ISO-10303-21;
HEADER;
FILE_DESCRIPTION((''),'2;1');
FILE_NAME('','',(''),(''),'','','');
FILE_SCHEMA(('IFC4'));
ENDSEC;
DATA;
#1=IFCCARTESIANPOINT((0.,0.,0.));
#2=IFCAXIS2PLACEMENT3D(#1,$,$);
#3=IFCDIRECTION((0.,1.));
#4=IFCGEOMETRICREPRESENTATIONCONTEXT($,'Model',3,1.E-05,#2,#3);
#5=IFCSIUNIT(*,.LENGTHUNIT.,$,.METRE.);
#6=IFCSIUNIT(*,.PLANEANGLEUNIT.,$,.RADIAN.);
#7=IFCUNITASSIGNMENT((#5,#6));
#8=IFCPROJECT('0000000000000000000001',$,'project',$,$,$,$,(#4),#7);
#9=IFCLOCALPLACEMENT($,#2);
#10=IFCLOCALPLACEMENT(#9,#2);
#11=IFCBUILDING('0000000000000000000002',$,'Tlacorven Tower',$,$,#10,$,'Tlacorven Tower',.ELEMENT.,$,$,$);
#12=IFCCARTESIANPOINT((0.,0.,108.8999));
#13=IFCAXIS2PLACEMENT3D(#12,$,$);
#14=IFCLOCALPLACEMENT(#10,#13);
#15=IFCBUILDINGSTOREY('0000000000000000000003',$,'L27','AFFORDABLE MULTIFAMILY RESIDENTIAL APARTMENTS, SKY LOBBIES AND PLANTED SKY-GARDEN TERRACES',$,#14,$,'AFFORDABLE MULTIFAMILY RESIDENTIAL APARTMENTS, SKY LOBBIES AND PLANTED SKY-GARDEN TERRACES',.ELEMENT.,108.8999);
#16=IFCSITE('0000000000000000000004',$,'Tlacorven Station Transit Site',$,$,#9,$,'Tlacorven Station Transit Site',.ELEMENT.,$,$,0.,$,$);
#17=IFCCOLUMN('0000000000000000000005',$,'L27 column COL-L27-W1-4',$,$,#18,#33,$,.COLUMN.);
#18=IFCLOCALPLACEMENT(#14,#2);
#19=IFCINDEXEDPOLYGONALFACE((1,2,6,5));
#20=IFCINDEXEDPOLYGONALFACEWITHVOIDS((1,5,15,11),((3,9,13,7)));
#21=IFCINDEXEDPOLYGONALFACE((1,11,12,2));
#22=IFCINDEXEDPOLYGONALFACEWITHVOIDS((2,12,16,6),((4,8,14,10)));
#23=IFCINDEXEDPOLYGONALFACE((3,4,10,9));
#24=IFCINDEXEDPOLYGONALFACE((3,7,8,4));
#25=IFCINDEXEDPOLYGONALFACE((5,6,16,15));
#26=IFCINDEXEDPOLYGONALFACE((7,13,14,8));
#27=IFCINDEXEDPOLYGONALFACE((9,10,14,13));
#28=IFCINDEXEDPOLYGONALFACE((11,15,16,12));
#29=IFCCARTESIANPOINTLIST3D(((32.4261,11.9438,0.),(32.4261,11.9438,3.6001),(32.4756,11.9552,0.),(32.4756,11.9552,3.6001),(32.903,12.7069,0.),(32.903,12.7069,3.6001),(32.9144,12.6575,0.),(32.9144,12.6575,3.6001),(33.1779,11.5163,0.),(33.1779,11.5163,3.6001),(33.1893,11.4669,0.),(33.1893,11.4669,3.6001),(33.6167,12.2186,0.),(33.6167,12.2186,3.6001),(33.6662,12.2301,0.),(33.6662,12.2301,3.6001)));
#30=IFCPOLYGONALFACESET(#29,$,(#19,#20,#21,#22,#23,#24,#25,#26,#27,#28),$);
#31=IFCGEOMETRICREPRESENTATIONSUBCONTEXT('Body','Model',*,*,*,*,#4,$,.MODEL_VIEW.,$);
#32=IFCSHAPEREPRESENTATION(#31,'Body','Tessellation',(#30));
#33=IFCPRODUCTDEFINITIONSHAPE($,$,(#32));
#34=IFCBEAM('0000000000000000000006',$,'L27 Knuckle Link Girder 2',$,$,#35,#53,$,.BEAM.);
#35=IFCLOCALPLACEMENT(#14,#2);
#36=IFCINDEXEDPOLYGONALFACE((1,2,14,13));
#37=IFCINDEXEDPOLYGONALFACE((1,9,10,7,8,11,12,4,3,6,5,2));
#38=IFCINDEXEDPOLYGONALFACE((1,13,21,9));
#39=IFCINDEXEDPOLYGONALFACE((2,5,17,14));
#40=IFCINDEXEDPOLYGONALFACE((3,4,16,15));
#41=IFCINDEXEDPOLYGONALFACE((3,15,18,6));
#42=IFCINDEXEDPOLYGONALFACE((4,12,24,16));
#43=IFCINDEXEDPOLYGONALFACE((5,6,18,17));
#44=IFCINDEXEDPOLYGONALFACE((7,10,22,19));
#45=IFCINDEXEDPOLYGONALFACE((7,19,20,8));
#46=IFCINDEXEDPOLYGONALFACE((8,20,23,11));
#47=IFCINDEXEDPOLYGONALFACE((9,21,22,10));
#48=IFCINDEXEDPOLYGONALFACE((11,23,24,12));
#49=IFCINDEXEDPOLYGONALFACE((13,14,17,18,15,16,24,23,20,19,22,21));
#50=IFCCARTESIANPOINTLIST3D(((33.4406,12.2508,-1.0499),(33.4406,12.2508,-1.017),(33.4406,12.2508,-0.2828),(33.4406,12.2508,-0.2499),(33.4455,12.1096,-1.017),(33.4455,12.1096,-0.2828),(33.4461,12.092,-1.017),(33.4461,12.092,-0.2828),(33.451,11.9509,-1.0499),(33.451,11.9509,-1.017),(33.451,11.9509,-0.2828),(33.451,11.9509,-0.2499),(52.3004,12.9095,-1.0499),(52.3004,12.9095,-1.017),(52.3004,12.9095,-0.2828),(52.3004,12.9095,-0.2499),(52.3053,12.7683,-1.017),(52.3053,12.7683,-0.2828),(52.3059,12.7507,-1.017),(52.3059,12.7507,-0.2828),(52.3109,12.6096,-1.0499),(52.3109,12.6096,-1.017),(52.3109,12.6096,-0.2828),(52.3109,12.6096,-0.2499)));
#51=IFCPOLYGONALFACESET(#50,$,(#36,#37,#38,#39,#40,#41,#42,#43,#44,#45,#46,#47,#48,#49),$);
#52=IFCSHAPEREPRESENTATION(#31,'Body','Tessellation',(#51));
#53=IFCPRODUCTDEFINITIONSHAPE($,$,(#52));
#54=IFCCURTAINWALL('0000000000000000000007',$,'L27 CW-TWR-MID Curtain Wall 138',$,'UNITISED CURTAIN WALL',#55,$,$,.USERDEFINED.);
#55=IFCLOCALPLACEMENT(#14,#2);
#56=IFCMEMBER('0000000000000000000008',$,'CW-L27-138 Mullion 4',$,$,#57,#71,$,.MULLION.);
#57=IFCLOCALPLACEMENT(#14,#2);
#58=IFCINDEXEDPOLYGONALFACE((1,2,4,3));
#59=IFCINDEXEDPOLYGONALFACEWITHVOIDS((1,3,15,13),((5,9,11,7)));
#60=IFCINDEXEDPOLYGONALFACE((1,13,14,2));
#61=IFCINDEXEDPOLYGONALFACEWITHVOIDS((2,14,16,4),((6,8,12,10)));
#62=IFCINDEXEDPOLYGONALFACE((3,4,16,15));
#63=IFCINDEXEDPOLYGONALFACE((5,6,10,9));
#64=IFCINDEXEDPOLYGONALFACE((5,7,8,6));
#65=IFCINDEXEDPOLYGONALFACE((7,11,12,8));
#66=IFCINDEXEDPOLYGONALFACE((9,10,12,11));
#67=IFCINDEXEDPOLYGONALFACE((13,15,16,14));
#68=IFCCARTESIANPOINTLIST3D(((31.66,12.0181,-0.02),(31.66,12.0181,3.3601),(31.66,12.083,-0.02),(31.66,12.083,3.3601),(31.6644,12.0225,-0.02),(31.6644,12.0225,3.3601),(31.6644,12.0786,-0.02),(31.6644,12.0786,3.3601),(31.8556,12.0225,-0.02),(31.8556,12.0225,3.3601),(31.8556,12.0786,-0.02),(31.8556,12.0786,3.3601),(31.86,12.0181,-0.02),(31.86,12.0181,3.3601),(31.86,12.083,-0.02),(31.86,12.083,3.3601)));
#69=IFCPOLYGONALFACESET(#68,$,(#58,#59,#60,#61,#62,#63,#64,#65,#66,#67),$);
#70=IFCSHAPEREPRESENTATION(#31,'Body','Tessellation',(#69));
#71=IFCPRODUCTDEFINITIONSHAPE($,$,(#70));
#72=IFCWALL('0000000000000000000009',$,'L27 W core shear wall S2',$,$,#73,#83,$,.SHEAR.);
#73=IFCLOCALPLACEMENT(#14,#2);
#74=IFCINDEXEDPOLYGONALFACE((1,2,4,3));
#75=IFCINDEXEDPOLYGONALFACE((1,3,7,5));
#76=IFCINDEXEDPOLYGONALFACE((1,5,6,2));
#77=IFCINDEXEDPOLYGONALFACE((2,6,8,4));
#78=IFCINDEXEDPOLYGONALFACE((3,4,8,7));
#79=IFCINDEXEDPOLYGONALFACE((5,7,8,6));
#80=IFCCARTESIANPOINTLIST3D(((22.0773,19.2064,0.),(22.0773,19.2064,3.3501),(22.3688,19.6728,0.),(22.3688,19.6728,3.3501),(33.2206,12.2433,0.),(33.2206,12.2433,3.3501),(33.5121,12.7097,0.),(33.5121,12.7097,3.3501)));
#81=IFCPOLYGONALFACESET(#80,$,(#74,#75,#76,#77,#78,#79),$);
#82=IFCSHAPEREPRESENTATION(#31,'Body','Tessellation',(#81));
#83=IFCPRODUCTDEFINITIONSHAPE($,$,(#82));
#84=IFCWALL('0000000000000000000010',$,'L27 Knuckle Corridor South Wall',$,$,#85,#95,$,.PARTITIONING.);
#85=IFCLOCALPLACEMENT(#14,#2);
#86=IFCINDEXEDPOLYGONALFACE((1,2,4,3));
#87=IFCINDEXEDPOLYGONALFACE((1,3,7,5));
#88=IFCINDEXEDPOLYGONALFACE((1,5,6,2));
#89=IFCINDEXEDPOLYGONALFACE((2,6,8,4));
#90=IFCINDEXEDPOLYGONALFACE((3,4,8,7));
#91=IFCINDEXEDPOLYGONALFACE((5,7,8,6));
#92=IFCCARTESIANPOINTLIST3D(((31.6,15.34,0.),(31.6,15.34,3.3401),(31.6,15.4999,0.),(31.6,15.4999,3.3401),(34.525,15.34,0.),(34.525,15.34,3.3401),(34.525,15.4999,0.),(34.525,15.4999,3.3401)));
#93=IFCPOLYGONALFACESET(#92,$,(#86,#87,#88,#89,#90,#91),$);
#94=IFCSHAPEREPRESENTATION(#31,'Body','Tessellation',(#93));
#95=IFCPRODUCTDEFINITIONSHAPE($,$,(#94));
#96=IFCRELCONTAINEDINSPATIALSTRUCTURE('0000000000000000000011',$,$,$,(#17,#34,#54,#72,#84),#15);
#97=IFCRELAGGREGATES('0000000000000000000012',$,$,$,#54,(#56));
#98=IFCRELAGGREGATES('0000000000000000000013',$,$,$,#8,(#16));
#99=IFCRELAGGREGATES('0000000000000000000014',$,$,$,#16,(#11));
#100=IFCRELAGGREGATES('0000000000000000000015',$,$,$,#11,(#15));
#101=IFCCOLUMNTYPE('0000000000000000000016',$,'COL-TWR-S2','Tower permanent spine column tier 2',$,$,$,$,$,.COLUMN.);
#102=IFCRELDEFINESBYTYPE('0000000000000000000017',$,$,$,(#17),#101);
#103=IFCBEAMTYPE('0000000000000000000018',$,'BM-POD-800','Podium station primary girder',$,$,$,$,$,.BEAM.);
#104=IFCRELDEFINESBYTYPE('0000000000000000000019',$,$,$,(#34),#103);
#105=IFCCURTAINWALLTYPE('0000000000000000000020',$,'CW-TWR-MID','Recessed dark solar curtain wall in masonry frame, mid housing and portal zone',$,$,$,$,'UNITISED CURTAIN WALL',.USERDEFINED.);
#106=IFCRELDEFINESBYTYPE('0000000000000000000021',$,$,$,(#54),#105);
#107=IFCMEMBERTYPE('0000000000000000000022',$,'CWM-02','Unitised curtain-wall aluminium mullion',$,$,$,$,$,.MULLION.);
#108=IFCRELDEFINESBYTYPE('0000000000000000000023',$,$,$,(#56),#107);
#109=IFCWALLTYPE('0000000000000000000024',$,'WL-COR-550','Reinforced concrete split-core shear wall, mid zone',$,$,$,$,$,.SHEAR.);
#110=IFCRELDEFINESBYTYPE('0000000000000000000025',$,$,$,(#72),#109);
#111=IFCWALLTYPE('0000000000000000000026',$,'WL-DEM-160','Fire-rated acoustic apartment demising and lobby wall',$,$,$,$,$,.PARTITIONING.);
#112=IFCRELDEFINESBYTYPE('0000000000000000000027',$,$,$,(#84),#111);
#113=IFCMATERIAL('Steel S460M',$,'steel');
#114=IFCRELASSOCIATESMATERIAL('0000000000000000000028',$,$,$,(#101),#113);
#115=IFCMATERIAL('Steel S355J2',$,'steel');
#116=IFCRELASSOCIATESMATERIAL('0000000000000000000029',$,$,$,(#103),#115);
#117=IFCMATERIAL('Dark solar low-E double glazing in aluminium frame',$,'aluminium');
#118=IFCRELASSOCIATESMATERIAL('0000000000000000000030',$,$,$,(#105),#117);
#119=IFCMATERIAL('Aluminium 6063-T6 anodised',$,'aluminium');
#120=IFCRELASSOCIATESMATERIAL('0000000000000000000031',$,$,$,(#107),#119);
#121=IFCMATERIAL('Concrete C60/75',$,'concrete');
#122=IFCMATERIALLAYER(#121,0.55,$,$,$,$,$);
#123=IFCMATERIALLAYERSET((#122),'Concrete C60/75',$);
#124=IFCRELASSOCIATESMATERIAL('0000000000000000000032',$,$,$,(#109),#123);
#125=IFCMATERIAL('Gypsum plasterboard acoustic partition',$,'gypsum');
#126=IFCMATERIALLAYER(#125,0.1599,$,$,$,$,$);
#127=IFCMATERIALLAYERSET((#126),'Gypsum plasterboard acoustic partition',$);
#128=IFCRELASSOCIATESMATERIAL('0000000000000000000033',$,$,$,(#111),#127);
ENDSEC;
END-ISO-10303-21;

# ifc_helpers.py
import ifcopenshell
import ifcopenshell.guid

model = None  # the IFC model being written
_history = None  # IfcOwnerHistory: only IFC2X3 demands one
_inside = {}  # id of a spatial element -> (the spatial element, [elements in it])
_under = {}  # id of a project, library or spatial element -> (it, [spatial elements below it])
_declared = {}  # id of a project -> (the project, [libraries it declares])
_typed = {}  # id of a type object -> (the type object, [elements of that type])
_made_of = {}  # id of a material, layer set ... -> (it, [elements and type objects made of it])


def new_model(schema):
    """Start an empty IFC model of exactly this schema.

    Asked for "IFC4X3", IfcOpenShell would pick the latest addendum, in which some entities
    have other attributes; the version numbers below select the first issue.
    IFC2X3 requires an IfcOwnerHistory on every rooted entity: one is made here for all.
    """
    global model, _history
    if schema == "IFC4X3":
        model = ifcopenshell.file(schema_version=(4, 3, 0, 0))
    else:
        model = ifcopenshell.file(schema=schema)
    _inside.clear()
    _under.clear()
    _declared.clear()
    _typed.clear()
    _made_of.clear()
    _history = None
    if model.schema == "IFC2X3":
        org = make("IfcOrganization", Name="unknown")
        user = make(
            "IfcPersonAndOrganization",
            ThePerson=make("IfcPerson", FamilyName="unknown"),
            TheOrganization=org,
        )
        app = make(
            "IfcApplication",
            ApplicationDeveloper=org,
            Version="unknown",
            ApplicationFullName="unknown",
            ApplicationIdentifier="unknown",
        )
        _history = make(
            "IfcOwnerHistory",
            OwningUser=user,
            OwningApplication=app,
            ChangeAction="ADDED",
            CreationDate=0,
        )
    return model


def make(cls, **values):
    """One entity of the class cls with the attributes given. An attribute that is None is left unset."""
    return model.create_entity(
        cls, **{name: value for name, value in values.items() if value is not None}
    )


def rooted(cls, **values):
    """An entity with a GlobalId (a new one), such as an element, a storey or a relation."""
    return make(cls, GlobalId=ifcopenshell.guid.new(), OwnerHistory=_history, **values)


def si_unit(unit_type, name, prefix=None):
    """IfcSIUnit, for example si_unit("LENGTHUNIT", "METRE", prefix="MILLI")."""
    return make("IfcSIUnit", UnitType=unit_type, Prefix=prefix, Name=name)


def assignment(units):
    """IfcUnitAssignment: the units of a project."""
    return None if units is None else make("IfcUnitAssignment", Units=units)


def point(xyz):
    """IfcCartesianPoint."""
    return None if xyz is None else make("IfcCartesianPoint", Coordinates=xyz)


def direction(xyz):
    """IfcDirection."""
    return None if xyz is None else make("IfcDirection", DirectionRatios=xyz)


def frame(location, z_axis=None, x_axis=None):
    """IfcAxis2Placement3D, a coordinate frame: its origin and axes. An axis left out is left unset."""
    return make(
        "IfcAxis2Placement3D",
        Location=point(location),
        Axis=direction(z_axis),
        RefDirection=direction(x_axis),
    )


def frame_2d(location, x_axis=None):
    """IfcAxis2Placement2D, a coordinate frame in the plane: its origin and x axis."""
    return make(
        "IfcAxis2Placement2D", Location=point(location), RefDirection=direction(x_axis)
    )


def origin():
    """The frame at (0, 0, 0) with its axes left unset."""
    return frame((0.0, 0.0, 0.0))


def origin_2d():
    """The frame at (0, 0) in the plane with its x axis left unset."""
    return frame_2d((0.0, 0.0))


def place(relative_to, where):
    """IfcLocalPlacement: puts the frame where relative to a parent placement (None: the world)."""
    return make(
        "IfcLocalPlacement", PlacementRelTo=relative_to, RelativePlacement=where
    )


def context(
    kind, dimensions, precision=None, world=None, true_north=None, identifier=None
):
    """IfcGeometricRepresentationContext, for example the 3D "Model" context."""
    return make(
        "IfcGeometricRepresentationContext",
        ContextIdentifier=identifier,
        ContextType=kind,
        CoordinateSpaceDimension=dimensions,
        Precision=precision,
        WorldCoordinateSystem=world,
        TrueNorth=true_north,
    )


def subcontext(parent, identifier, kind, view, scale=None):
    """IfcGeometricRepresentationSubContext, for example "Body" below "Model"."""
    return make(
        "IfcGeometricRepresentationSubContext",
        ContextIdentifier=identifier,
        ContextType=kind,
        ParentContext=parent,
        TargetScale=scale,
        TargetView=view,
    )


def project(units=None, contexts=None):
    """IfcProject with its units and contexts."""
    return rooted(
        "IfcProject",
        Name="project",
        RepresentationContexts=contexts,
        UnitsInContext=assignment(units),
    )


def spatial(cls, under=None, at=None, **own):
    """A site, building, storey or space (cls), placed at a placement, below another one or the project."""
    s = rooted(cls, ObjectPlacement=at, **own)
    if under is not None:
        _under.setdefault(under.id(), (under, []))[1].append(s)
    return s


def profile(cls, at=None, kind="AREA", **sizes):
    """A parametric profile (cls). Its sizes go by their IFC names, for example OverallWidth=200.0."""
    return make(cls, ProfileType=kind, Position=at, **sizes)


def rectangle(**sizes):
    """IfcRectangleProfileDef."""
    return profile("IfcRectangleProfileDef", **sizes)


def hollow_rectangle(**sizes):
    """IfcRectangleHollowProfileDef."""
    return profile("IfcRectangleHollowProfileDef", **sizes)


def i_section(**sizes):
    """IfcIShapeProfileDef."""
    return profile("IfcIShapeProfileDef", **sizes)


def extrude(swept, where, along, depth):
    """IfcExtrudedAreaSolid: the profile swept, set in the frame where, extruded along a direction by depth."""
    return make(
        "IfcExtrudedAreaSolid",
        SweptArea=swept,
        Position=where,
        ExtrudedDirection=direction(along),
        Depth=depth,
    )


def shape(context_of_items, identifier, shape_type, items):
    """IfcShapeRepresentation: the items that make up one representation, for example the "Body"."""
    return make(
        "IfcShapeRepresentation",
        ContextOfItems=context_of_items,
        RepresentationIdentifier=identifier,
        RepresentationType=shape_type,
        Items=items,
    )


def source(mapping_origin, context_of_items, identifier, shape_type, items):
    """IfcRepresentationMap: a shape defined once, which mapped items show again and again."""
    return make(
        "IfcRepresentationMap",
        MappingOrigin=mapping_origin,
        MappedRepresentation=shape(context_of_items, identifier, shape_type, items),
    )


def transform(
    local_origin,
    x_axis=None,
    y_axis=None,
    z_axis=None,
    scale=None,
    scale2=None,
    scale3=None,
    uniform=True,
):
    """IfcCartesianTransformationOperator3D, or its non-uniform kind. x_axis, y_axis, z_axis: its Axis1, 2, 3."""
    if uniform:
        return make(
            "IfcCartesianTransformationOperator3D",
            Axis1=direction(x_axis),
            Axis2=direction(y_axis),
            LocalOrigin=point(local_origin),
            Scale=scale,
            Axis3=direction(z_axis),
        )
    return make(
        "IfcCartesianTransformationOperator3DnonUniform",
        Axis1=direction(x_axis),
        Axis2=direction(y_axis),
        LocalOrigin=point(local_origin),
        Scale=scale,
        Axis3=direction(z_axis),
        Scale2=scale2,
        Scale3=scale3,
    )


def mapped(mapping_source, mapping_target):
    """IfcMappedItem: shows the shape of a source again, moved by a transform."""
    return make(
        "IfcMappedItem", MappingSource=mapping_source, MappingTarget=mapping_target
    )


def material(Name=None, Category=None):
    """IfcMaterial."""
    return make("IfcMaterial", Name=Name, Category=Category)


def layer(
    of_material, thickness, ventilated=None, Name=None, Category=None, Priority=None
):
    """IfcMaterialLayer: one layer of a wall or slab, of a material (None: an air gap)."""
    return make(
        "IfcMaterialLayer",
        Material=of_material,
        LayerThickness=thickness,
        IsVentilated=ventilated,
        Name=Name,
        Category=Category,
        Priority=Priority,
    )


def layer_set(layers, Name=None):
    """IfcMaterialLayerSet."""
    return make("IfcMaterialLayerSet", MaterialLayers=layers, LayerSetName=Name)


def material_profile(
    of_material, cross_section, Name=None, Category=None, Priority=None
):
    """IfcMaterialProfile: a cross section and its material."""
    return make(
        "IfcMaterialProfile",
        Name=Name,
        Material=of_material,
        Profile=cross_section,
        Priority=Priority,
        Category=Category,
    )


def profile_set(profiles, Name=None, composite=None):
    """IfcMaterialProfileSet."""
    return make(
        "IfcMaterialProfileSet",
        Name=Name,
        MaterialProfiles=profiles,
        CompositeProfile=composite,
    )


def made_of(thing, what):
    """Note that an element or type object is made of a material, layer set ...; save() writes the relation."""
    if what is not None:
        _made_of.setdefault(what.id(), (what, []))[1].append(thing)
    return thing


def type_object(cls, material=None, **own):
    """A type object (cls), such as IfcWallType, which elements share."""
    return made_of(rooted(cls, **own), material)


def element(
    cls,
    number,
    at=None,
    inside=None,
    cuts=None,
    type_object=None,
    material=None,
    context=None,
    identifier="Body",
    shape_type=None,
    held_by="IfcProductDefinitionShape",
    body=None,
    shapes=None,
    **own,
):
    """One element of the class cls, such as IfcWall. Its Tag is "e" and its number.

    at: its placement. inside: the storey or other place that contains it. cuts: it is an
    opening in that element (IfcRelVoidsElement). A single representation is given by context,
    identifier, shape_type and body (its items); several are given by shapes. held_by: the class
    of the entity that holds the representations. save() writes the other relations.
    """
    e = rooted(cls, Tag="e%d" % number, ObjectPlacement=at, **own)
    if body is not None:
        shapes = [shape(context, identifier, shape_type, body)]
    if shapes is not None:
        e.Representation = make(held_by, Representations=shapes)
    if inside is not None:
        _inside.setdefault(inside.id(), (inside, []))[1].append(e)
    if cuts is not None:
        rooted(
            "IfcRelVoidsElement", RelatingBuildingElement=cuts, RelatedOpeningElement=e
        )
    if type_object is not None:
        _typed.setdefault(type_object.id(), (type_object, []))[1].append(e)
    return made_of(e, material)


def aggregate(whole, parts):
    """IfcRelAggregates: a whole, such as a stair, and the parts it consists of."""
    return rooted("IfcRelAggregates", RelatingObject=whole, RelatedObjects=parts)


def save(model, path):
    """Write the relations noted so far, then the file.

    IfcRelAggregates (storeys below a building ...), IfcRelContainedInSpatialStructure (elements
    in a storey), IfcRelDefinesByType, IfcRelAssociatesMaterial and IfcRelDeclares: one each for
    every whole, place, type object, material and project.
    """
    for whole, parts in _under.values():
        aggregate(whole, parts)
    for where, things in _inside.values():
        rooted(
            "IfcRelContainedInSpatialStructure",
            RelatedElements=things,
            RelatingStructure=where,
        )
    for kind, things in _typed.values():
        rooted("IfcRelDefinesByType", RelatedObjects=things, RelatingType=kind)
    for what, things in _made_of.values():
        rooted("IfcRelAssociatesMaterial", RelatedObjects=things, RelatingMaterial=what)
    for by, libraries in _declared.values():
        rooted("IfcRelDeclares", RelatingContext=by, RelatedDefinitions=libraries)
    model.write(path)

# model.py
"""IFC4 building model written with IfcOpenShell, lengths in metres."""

from ifc_helpers import new_model, si_unit, direction, frame, frame_2d, origin, origin_2d, place, context, subcontext, project, spatial, rectangle, hollow_rectangle, i_section, extrude, source, transform, mapped, material, layer, layer_set, material_profile, profile_set, type_object, element, aggregate, save


model = new_model("IFC4")

# Units and contexts
model_context = context("Model", 3, precision=1e-05, world=origin(), true_north=direction((0.0, 1.0)))
body_context = subcontext(model_context, "Body", "Model", "MODEL_VIEW")
ifc_project = project(units=[si_unit("LENGTHUNIT", "METRE"), si_unit("PLANEANGLEUNIT", "RADIAN")], contexts=[model_context])

# Site, building, storey
site_placement = place(None, origin())
site = spatial("IfcSite", under=ifc_project, at=site_placement, Name="Tlacorven Station Transit Site", LongName="Tlacorven Station Transit Site", CompositionType="ELEMENT", RefElevation=0.0)
building_placement = place(site_placement, origin())
building = spatial("IfcBuilding", under=site, at=building_placement, Name="Tlacorven Tower", LongName="Tlacorven Tower", CompositionType="ELEMENT")
storey_placement = place(building_placement, frame((0.0, 0.0, 108.8999)))
storey = spatial("IfcBuildingStorey", under=building, at=storey_placement, Name="L27", Description="AFFORDABLE MULTIFAMILY RESIDENTIAL APARTMENTS, SKY LOBBIES AND PLANTED SKY-GARDEN TERRACES", LongName="AFFORDABLE MULTIFAMILY RESIDENTIAL APARTMENTS, SKY LOBBIES AND PLANTED SKY-GARDEN TERRACES", CompositionType="ELEMENT", Elevation=108.8999)

# Column
ifc_material_1 = material(Name="Steel S460M", Category="steel")
ifc_material_profile_1 = material_profile(ifc_material_1, hollow_rectangle(XDim=0.8999, YDim=0.8999, WallThickness=0.0359, at=origin_2d()), Name="BOX 900X900X36")
ifc_profile_set_1 = profile_set([ifc_material_profile_1], Name="Steel S460M")
column_type = type_object("IfcColumnType", Name="COL-TWR-S2", Description="Tower permanent spine column tier 2", PredefinedType="COLUMN", material=ifc_profile_set_1)
shared_shape_1 = source(origin(), body_context, "Body", "SweptSolid", [
    extrude(hollow_rectangle(XDim=0.8999, YDim=0.8999, WallThickness=0.0359, at=origin_2d()), origin(), (0.0, 0.0, 1.0), 3.6001),
])
column_placement = place(storey_placement, frame((33.0461, 12.0869, 0.0), z_axis=(0.0, 0.0, 1.0), x_axis=(-0.848048, 0.529919, 0.0)))
element("IfcColumn", 1, at=column_placement, inside=storey, type_object=column_type, Name="L27 column COL-L27-W1-4", PredefinedType="COLUMN", context=body_context, shape_type="MappedRepresentation", body=[
    mapped(shared_shape_1, transform((0.0, 0.0, 0.0), scale=1.0)),
])

# Beam
ifc_material_2 = material(Name="Steel S355J2", Category="steel")
ifc_material_profile_2 = material_profile(ifc_material_2, i_section(OverallWidth=0.3, OverallDepth=0.8, WebThickness=0.0176, FlangeThickness=0.033, at=origin_2d()), Name="HEB 800")
ifc_profile_set_2 = profile_set([ifc_material_profile_2], Name="Steel S355J2")
beam_type = type_object("IfcBeamType", Name="BM-POD-800", Description="Podium station primary girder", PredefinedType="BEAM", material=ifc_profile_set_2)
shared_shape_2 = source(origin(), body_context, "Body", "SweptSolid", [
    extrude(i_section(OverallWidth=0.3, OverallDepth=0.8, WebThickness=0.0176, FlangeThickness=0.033, at=origin_2d()), origin(), (0.0, 0.0, 1.0), 18.8713),
])
beam_placement = place(storey_placement, frame((33.4458, 12.1008, -0.6499), z_axis=(0.999391, 0.034904, 0.0), x_axis=(-0.034904, 0.999391, 0.0)))
element("IfcBeam", 2, at=beam_placement, inside=storey, type_object=beam_type, Name="L27 Knuckle Link Girder 2", PredefinedType="BEAM", context=body_context, shape_type="MappedRepresentation", body=[
    mapped(shared_shape_2, transform((0.0, 0.0, 0.0), scale=1.0)),
])

# Curtain wall, member
ifc_material_3 = material(Name="Dark solar low-E double glazing in aluminium frame", Category="aluminium")
curtain_wall_type = type_object("IfcCurtainWallType", Name="CW-TWR-MID", Description="Recessed dark solar curtain wall in masonry frame, mid housing and portal zone", ElementType="UNITISED CURTAIN WALL", PredefinedType="USERDEFINED", material=ifc_material_3)
curtain_wall_placement = place(storey_placement, origin())
curtain_wall = element("IfcCurtainWall", 3, at=curtain_wall_placement, inside=storey, type_object=curtain_wall_type, Name="L27 CW-TWR-MID Curtain Wall 138", ObjectType="UNITISED CURTAIN WALL", PredefinedType="USERDEFINED")
ifc_material_4 = material(Name="Aluminium 6063-T6 anodised", Category="aluminium")
ifc_material_profile_3 = material_profile(ifc_material_4, hollow_rectangle(XDim=0.0649, YDim=0.2, WallThickness=0.0044, at=origin_2d()), Name="ALU MULLION 65X200")
ifc_profile_set_3 = profile_set([ifc_material_profile_3], Name="Aluminium 6063-T6 anodised")
member_type = type_object("IfcMemberType", Name="CWM-02", Description="Unitised curtain-wall aluminium mullion", PredefinedType="MULLION", material=ifc_profile_set_3)
shared_shape_3 = source(origin(), body_context, "Body", "SweptSolid", [
    extrude(hollow_rectangle(XDim=0.0649, YDim=0.2, WallThickness=0.0044, at=origin_2d()), origin(), (0.0, 0.0, 1.0), 3.3801),
])
member_placement = place(storey_placement, frame((31.76, 12.0505, -0.02), z_axis=(0.0, 0.0, 1.0), x_axis=(0.0, 1.0, 0.0)))
member = element("IfcMember", 4, at=member_placement, type_object=member_type, Name="CW-L27-138 Mullion 4", PredefinedType="MULLION", context=body_context, shape_type="MappedRepresentation", body=[
    mapped(shared_shape_3, transform((0.0, 0.0, 0.0), scale=1.0)),
])
aggregate(curtain_wall, [member])

# Walls
ifc_material_5 = material(Name="Concrete C60/75", Category="concrete")
ifc_layer_1 = layer(ifc_material_5, 0.55)
ifc_layer_set_1 = layer_set([ifc_layer_1], Name="Concrete C60/75")
wall_type_1 = type_object("IfcWallType", Name="WL-COR-550", Description="Reinforced concrete split-core shear wall, mid zone", PredefinedType="SHEAR", material=ifc_layer_set_1)
wall_1_placement = place(storey_placement, frame((33.3662, 12.4766, 0.0), z_axis=(0.0, 0.0, 1.0), x_axis=(-0.848047, 0.52992, 0.0)))
element("IfcWall", 5, at=wall_1_placement, inside=storey, type_object=wall_type_1, Name="L27 W core shear wall S2", PredefinedType="SHEAR", context=body_context, shape_type="SweptSolid", body=[
    extrude(rectangle(XDim=13.1399, YDim=0.55, at=frame_2d((6.5698, 0.0))), origin(), (0.0, 0.0, 1.0), 3.3501),
])
ifc_material_6 = material(Name="Gypsum plasterboard acoustic partition", Category="gypsum")
ifc_layer_2 = layer(ifc_material_6, 0.1599)
ifc_layer_set_2 = layer_set([ifc_layer_2], Name="Gypsum plasterboard acoustic partition")
wall_type_2 = type_object("IfcWallType", Name="WL-DEM-160", Description="Fire-rated acoustic apartment demising and lobby wall", PredefinedType="PARTITIONING", material=ifc_layer_set_2)
wall_2_placement = place(storey_placement, frame((31.6001, 15.4199, 0.0), z_axis=(0.0, 0.0, 1.0), x_axis=(1.0, 0.0, 0.0)))
element("IfcWall", 6, at=wall_2_placement, inside=storey, type_object=wall_type_2, Name="L27 Knuckle Corridor South Wall", PredefinedType="PARTITIONING", context=body_context, shape_type="SweptSolid", body=[
    extrude(rectangle(XDim=2.925, YDim=0.1599, at=frame_2d((1.4624, 0.0))), origin(), (0.0, 0.0, 1.0), 3.3401),
])

save(model, "model.ifc")
